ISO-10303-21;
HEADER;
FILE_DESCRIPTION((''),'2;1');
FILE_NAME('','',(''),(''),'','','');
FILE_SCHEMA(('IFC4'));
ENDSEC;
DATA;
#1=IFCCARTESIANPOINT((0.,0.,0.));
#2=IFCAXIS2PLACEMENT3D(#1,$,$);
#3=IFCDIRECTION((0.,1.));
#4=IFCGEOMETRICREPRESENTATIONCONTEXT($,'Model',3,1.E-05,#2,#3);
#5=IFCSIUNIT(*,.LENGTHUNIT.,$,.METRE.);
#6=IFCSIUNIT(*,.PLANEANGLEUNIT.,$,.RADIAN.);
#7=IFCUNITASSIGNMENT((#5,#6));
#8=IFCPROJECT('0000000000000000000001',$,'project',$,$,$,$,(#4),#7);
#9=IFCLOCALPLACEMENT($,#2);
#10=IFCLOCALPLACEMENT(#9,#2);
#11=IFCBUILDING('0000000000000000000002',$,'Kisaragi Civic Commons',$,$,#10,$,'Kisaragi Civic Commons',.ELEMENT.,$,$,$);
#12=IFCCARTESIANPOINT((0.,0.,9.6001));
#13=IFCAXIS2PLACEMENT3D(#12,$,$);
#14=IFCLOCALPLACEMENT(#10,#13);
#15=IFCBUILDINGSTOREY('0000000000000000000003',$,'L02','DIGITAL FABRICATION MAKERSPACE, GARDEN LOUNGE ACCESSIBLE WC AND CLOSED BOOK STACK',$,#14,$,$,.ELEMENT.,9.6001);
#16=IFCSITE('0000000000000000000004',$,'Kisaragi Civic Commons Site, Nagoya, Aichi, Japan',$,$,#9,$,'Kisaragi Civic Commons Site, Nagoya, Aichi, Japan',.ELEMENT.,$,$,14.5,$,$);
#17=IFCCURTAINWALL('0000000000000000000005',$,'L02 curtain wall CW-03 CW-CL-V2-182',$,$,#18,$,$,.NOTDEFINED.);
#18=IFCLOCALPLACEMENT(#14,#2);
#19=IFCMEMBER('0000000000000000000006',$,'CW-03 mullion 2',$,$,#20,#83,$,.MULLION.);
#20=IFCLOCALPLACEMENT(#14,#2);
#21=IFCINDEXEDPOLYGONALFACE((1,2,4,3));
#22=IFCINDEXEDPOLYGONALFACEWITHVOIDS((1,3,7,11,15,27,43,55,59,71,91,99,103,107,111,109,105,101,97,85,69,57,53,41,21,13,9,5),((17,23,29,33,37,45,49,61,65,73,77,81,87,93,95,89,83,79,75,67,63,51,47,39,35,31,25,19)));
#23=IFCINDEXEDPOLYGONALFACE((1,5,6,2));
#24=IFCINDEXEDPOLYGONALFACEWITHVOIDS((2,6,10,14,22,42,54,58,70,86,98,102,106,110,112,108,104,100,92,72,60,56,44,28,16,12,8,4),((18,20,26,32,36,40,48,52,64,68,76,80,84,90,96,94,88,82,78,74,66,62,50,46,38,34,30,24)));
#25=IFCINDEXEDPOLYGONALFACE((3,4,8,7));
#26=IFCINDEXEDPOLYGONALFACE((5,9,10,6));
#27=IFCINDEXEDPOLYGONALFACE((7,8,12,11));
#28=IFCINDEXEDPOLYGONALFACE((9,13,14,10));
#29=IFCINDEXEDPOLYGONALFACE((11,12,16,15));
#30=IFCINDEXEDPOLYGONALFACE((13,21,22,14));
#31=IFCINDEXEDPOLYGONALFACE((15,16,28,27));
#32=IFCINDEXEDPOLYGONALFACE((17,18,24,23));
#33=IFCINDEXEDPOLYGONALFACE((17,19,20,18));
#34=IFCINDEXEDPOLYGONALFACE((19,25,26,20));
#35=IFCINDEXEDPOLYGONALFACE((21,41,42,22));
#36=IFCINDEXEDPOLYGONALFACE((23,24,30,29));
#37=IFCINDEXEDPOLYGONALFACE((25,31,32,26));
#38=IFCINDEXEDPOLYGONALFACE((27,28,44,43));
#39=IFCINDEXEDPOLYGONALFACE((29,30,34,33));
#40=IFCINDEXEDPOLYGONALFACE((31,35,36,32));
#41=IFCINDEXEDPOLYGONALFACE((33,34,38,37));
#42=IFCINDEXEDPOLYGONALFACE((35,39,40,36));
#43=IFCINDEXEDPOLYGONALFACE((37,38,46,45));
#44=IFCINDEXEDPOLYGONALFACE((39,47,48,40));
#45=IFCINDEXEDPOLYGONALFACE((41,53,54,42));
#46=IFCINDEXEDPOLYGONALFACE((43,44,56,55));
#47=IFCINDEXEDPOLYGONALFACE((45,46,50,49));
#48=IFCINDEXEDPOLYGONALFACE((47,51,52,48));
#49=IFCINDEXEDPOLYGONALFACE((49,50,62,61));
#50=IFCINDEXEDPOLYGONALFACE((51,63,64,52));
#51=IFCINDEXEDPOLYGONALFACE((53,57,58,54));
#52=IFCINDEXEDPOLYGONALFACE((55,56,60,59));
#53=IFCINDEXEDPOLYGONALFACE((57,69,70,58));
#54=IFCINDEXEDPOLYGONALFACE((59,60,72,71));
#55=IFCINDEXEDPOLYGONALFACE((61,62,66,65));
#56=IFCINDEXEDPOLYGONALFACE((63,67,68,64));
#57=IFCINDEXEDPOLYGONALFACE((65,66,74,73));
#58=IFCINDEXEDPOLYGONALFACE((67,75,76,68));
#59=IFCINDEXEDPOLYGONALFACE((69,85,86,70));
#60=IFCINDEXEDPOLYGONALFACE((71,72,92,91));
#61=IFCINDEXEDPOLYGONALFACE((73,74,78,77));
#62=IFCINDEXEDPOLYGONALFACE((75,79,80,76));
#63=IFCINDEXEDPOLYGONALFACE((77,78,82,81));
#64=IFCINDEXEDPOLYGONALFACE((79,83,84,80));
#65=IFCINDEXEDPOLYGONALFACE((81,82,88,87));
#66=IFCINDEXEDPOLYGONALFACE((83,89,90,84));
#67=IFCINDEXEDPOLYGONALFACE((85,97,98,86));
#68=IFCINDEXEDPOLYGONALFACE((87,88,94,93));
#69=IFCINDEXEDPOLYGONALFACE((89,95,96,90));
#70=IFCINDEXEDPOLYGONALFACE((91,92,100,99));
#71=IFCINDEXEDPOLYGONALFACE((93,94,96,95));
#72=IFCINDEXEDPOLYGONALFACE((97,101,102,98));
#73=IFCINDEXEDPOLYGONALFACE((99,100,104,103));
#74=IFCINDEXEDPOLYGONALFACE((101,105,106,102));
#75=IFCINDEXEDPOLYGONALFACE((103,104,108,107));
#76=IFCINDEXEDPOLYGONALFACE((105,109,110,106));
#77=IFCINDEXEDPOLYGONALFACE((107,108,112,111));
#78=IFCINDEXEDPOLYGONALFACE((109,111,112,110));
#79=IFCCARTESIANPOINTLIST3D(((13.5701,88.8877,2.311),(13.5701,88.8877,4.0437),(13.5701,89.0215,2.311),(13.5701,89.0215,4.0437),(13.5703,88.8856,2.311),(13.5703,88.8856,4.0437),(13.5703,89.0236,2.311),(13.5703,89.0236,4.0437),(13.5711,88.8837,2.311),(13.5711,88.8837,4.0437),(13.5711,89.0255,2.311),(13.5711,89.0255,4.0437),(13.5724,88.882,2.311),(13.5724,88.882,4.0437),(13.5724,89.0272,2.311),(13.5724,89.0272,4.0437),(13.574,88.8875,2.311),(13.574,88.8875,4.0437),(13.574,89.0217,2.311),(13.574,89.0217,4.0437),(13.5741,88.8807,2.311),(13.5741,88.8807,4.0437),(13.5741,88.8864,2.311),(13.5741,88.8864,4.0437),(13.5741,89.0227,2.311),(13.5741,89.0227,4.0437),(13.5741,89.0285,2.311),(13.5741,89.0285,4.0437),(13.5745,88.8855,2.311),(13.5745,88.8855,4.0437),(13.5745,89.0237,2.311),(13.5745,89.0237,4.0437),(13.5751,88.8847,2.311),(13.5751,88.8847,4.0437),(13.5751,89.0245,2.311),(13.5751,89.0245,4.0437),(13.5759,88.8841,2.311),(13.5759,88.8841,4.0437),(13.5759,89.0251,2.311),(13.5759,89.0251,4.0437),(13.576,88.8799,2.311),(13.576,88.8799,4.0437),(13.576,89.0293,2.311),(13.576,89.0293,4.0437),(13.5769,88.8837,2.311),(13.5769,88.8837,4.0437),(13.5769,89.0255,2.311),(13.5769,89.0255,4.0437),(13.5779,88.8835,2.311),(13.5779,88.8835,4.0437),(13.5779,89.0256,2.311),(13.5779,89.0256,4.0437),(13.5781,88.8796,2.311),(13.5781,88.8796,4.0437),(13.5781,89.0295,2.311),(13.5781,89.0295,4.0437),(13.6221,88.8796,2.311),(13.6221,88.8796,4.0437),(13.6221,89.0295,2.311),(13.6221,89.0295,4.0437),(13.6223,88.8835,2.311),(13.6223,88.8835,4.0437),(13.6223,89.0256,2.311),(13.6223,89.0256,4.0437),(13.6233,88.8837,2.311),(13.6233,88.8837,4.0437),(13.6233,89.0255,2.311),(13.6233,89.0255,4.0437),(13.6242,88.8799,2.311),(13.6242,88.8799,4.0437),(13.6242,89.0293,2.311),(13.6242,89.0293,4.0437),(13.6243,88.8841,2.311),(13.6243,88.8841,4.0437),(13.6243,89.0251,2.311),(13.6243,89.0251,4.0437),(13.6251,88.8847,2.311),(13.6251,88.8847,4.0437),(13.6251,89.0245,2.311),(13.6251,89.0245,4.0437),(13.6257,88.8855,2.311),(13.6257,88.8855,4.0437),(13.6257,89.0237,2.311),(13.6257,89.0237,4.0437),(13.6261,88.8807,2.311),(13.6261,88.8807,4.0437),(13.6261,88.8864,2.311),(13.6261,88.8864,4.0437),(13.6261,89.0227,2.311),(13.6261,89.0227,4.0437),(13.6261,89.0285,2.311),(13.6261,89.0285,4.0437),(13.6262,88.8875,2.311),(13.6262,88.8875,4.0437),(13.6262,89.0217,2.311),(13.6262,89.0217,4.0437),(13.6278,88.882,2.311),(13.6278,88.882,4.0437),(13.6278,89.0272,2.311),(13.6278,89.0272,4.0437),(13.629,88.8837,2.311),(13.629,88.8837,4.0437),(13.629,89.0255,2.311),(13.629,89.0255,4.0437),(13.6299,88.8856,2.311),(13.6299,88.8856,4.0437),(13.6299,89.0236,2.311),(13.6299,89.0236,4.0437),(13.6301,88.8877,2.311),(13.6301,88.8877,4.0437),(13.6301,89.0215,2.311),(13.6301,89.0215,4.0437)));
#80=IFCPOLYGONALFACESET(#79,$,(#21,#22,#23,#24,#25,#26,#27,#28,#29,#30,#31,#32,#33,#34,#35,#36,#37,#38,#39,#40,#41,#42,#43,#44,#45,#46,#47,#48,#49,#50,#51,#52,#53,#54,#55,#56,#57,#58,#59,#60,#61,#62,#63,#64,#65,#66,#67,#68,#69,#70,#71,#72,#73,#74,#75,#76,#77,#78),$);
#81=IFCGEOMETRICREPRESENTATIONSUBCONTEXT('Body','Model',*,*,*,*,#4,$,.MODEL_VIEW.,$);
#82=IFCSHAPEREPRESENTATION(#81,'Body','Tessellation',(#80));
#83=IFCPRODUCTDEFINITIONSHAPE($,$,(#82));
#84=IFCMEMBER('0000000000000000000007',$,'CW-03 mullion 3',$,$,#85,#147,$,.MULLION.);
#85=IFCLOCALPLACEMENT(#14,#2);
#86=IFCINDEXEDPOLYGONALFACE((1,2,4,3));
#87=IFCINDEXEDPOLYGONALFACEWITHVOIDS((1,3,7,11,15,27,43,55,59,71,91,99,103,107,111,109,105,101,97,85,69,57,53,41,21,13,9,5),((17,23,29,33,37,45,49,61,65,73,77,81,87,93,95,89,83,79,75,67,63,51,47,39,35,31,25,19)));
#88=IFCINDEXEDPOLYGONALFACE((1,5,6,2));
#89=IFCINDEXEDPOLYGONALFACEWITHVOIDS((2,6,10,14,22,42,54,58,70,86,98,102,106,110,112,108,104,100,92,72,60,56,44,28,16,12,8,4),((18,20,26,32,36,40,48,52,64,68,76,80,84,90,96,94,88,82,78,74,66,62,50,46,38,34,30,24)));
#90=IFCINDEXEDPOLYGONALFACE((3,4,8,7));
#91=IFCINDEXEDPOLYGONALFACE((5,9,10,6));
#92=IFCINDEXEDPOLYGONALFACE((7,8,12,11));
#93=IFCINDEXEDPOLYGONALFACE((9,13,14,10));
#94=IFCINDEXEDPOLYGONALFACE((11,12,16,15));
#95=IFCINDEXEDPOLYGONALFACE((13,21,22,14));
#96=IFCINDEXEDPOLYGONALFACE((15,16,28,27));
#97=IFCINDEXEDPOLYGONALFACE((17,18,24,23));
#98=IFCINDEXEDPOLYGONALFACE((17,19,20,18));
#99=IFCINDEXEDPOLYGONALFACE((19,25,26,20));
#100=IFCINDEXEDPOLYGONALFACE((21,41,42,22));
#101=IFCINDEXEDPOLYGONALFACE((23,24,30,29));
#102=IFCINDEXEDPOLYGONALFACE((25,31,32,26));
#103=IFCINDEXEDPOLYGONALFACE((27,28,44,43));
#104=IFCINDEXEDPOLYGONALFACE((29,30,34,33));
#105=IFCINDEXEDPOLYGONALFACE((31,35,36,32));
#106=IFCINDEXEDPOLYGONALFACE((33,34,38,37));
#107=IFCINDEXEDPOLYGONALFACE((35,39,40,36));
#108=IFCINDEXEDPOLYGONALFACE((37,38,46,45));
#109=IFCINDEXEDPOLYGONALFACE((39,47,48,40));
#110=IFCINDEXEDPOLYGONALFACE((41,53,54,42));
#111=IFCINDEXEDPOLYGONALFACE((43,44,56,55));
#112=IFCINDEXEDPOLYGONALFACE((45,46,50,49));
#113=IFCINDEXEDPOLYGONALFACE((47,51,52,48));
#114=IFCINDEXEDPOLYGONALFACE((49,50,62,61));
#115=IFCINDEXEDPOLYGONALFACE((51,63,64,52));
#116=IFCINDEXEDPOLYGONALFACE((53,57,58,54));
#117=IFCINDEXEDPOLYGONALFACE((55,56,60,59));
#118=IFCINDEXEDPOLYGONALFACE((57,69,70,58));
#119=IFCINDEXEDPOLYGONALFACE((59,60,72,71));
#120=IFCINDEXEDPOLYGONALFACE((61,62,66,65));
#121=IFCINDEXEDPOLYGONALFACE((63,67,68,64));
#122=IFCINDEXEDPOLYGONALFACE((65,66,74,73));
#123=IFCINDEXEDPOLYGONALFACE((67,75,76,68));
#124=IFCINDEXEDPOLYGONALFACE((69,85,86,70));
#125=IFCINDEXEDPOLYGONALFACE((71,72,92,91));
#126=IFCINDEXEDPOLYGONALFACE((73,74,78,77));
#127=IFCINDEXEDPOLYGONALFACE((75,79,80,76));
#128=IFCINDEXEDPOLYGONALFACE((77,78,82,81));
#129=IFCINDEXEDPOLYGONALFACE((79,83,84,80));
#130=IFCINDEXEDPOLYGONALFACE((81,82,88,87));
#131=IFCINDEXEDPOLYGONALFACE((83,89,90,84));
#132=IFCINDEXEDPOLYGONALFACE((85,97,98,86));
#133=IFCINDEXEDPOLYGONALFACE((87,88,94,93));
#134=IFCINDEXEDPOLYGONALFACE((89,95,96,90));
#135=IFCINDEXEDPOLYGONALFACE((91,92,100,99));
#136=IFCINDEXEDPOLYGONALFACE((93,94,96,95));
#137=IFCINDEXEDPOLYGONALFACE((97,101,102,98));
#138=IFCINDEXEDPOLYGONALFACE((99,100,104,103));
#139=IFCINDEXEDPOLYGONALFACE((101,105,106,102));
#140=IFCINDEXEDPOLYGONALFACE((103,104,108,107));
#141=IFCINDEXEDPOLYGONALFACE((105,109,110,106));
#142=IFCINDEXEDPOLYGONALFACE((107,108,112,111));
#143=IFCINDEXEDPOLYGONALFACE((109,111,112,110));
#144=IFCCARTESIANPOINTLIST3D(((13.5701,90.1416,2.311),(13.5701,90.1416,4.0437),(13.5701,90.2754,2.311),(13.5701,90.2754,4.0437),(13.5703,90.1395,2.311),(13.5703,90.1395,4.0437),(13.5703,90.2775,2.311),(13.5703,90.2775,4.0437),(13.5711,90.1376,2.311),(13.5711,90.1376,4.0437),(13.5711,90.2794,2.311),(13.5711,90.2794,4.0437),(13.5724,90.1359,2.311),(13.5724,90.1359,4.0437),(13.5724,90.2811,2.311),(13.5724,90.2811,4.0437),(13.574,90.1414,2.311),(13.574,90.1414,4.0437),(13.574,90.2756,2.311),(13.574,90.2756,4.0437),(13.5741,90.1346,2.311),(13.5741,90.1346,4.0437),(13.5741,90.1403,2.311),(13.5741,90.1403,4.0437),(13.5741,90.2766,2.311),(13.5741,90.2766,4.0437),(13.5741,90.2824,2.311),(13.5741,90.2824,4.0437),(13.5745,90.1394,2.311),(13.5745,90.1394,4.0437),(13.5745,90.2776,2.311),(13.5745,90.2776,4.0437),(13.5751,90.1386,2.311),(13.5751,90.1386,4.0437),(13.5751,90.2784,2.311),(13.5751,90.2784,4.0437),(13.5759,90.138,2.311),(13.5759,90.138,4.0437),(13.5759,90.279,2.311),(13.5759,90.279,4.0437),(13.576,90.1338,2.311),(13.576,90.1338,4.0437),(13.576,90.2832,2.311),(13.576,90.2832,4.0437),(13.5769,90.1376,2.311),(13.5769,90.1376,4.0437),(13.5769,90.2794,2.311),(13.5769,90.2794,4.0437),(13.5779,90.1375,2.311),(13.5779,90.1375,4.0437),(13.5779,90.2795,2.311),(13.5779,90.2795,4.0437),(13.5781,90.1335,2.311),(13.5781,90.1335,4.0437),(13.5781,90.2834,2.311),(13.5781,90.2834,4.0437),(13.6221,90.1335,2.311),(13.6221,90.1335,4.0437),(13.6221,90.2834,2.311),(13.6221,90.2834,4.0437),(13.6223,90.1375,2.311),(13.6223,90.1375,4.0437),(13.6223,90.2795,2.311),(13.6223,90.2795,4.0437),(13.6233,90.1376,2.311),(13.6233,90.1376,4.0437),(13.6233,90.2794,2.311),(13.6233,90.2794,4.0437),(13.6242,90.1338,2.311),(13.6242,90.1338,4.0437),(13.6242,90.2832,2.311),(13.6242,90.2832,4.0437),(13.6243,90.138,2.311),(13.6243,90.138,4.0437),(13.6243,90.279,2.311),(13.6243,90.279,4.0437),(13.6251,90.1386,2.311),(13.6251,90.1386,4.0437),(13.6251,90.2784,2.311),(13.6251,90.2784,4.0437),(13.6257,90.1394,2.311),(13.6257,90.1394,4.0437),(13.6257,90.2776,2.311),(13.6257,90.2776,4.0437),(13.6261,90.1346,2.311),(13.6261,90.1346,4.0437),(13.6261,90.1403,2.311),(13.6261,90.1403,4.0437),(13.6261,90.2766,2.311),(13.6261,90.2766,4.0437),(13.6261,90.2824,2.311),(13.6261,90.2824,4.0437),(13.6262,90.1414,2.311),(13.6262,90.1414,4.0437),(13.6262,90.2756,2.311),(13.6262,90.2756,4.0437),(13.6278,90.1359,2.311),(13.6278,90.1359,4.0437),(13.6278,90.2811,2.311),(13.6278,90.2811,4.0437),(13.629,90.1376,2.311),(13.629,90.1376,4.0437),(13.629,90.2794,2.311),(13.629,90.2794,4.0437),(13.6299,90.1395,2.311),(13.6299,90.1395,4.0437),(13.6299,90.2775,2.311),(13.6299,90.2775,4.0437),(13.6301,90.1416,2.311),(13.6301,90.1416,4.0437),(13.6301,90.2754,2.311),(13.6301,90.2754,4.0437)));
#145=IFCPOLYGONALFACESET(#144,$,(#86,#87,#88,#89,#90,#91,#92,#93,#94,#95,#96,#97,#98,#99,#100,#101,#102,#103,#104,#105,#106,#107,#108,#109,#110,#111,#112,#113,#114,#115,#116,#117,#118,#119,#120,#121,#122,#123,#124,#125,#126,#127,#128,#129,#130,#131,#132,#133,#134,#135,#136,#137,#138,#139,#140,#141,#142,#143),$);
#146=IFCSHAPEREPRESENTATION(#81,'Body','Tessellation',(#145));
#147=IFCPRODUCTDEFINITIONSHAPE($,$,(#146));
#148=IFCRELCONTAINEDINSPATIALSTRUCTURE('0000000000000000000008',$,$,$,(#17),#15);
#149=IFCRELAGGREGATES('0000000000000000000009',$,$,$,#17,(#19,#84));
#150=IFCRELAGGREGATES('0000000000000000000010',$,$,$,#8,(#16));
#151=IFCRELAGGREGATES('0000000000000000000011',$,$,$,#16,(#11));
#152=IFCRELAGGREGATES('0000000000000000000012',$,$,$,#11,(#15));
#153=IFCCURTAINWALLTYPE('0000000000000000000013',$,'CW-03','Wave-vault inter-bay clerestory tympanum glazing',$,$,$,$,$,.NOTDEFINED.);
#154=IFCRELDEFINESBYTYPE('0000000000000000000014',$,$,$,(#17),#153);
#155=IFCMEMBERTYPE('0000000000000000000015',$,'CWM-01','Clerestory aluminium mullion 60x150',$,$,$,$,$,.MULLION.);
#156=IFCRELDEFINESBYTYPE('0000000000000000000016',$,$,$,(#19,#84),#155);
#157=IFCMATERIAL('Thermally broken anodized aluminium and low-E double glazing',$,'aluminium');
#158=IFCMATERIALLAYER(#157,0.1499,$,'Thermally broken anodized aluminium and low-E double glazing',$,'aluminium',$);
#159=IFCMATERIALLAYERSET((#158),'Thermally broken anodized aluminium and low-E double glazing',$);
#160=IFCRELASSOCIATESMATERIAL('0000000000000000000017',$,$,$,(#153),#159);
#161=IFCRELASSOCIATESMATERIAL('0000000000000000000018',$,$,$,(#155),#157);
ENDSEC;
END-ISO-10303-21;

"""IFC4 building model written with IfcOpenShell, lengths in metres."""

from ifc_helpers import new_model, si_unit, direction, frame, origin, origin_2d, place, context, subcontext, project, spatial, hollow_rectangle, extrude, material, layer, layer_set, material_profile, profile_set, type_object, element, aggregate, save


model = new_model("IFC4")

# Units and contexts
model_context = context("Model", 3, precision=1e-05, world=origin(), true_north=direction((0.0, 1.0)))
body_context = subcontext(model_context, "Body", "Model", "MODEL_VIEW")
ifc_project = project(units=[si_unit("LENGTHUNIT", "METRE"), si_unit("PLANEANGLEUNIT", "RADIAN")], contexts=[model_context])

# Site, building, storey
site_placement = place(None, origin())
site = spatial("IfcSite", under=ifc_project, at=site_placement, Name="Kisaragi Civic Commons Site, Nagoya, Aichi, Japan", LongName="Kisaragi Civic Commons Site, Nagoya, Aichi, Japan", CompositionType="ELEMENT", RefElevation=14.5)
building_placement = place(site_placement, origin())
building = spatial("IfcBuilding", under=site, at=building_placement, Name="Kisaragi Civic Commons", LongName="Kisaragi Civic Commons", CompositionType="ELEMENT")
storey_placement = place(building_placement, frame((0.0, 0.0, 9.6001)))
storey = spatial("IfcBuildingStorey", under=building, at=storey_placement, Name="L02", Description="DIGITAL FABRICATION MAKERSPACE, GARDEN LOUNGE ACCESSIBLE WC AND CLOSED BOOK STACK", CompositionType="ELEMENT", Elevation=9.6001)

# Curtain wall, members
ifc_material_1 = material(Name="Thermally broken anodized aluminium and low-E double glazing", Category="aluminium")
ifc_layer_1 = layer(ifc_material_1, 0.1499, Name="Thermally broken anodized aluminium and low-E double glazing", Category="aluminium")
ifc_layer_set_1 = layer_set([ifc_layer_1], Name="Thermally broken anodized aluminium and low-E double glazing")
curtain_wall_type = type_object("IfcCurtainWallType", Name="CW-03", Description="Wave-vault inter-bay clerestory tympanum glazing", PredefinedType="NOTDEFINED", material=ifc_layer_set_1)
curtain_wall_1_placement = place(storey_placement, origin())
curtain_wall_1 = element("IfcCurtainWall", 1, at=curtain_wall_1_placement, inside=storey, type_object=curtain_wall_type, Name="L02 curtain wall CW-03 CW-CL-V2-182", PredefinedType="NOTDEFINED")
ifc_material_profile_1 = material_profile(ifc_material_1, hollow_rectangle(XDim=0.0601, YDim=0.1499, WallThickness=0.0039, InnerFilletRadius=0.0039, OuterFilletRadius=0.0081, at=origin_2d()), Name="CWM-60x150x4", Category="aluminium")
ifc_profile_set_1 = profile_set([ifc_material_profile_1], Name="Thermally broken anodized aluminium and low-E double glazing")
member_type_1 = type_object("IfcMemberType", Name="CWM-01", Description="Clerestory aluminium mullion 60x150", PredefinedType="MULLION", material=ifc_profile_set_1)
member_1_placement = place(storey_placement, frame((13.6001, 88.9546, 2.311), z_axis=(0.0, 0.0, 1.0), x_axis=(-1.0, 0.0, 0.0)))
member_1 = element("IfcMember", 2, at=member_1_placement, type_object=member_type_1, Name="CW-03 mullion 2", PredefinedType="MULLION", context=body_context, shape_type="SweptSolid", body=[
    extrude(hollow_rectangle(XDim=0.0601, YDim=0.1499, WallThickness=0.0039, InnerFilletRadius=0.0039, OuterFilletRadius=0.0081, at=origin_2d()), origin(), (0.0, 0.0, 1.0), 1.7327),
])
member_2_placement = place(storey_placement, frame((13.6001, 90.2085, 2.311), z_axis=(0.0, 0.0, 1.0), x_axis=(-1.0, 0.0, 0.0)))
member_2 = element("IfcMember", 3, at=member_2_placement, type_object=member_type_1, Name="CW-03 mullion 3", PredefinedType="MULLION", context=body_context, shape_type="SweptSolid", body=[
    extrude(hollow_rectangle(XDim=0.0601, YDim=0.1499, WallThickness=0.0039, InnerFilletRadius=0.0039, OuterFilletRadius=0.0081, at=origin_2d()), origin(), (0.0, 0.0, 1.0), 1.7327),
])

aggregate(curtain_wall_1, [member_1, member_2])

save(model, "model.ifc")
